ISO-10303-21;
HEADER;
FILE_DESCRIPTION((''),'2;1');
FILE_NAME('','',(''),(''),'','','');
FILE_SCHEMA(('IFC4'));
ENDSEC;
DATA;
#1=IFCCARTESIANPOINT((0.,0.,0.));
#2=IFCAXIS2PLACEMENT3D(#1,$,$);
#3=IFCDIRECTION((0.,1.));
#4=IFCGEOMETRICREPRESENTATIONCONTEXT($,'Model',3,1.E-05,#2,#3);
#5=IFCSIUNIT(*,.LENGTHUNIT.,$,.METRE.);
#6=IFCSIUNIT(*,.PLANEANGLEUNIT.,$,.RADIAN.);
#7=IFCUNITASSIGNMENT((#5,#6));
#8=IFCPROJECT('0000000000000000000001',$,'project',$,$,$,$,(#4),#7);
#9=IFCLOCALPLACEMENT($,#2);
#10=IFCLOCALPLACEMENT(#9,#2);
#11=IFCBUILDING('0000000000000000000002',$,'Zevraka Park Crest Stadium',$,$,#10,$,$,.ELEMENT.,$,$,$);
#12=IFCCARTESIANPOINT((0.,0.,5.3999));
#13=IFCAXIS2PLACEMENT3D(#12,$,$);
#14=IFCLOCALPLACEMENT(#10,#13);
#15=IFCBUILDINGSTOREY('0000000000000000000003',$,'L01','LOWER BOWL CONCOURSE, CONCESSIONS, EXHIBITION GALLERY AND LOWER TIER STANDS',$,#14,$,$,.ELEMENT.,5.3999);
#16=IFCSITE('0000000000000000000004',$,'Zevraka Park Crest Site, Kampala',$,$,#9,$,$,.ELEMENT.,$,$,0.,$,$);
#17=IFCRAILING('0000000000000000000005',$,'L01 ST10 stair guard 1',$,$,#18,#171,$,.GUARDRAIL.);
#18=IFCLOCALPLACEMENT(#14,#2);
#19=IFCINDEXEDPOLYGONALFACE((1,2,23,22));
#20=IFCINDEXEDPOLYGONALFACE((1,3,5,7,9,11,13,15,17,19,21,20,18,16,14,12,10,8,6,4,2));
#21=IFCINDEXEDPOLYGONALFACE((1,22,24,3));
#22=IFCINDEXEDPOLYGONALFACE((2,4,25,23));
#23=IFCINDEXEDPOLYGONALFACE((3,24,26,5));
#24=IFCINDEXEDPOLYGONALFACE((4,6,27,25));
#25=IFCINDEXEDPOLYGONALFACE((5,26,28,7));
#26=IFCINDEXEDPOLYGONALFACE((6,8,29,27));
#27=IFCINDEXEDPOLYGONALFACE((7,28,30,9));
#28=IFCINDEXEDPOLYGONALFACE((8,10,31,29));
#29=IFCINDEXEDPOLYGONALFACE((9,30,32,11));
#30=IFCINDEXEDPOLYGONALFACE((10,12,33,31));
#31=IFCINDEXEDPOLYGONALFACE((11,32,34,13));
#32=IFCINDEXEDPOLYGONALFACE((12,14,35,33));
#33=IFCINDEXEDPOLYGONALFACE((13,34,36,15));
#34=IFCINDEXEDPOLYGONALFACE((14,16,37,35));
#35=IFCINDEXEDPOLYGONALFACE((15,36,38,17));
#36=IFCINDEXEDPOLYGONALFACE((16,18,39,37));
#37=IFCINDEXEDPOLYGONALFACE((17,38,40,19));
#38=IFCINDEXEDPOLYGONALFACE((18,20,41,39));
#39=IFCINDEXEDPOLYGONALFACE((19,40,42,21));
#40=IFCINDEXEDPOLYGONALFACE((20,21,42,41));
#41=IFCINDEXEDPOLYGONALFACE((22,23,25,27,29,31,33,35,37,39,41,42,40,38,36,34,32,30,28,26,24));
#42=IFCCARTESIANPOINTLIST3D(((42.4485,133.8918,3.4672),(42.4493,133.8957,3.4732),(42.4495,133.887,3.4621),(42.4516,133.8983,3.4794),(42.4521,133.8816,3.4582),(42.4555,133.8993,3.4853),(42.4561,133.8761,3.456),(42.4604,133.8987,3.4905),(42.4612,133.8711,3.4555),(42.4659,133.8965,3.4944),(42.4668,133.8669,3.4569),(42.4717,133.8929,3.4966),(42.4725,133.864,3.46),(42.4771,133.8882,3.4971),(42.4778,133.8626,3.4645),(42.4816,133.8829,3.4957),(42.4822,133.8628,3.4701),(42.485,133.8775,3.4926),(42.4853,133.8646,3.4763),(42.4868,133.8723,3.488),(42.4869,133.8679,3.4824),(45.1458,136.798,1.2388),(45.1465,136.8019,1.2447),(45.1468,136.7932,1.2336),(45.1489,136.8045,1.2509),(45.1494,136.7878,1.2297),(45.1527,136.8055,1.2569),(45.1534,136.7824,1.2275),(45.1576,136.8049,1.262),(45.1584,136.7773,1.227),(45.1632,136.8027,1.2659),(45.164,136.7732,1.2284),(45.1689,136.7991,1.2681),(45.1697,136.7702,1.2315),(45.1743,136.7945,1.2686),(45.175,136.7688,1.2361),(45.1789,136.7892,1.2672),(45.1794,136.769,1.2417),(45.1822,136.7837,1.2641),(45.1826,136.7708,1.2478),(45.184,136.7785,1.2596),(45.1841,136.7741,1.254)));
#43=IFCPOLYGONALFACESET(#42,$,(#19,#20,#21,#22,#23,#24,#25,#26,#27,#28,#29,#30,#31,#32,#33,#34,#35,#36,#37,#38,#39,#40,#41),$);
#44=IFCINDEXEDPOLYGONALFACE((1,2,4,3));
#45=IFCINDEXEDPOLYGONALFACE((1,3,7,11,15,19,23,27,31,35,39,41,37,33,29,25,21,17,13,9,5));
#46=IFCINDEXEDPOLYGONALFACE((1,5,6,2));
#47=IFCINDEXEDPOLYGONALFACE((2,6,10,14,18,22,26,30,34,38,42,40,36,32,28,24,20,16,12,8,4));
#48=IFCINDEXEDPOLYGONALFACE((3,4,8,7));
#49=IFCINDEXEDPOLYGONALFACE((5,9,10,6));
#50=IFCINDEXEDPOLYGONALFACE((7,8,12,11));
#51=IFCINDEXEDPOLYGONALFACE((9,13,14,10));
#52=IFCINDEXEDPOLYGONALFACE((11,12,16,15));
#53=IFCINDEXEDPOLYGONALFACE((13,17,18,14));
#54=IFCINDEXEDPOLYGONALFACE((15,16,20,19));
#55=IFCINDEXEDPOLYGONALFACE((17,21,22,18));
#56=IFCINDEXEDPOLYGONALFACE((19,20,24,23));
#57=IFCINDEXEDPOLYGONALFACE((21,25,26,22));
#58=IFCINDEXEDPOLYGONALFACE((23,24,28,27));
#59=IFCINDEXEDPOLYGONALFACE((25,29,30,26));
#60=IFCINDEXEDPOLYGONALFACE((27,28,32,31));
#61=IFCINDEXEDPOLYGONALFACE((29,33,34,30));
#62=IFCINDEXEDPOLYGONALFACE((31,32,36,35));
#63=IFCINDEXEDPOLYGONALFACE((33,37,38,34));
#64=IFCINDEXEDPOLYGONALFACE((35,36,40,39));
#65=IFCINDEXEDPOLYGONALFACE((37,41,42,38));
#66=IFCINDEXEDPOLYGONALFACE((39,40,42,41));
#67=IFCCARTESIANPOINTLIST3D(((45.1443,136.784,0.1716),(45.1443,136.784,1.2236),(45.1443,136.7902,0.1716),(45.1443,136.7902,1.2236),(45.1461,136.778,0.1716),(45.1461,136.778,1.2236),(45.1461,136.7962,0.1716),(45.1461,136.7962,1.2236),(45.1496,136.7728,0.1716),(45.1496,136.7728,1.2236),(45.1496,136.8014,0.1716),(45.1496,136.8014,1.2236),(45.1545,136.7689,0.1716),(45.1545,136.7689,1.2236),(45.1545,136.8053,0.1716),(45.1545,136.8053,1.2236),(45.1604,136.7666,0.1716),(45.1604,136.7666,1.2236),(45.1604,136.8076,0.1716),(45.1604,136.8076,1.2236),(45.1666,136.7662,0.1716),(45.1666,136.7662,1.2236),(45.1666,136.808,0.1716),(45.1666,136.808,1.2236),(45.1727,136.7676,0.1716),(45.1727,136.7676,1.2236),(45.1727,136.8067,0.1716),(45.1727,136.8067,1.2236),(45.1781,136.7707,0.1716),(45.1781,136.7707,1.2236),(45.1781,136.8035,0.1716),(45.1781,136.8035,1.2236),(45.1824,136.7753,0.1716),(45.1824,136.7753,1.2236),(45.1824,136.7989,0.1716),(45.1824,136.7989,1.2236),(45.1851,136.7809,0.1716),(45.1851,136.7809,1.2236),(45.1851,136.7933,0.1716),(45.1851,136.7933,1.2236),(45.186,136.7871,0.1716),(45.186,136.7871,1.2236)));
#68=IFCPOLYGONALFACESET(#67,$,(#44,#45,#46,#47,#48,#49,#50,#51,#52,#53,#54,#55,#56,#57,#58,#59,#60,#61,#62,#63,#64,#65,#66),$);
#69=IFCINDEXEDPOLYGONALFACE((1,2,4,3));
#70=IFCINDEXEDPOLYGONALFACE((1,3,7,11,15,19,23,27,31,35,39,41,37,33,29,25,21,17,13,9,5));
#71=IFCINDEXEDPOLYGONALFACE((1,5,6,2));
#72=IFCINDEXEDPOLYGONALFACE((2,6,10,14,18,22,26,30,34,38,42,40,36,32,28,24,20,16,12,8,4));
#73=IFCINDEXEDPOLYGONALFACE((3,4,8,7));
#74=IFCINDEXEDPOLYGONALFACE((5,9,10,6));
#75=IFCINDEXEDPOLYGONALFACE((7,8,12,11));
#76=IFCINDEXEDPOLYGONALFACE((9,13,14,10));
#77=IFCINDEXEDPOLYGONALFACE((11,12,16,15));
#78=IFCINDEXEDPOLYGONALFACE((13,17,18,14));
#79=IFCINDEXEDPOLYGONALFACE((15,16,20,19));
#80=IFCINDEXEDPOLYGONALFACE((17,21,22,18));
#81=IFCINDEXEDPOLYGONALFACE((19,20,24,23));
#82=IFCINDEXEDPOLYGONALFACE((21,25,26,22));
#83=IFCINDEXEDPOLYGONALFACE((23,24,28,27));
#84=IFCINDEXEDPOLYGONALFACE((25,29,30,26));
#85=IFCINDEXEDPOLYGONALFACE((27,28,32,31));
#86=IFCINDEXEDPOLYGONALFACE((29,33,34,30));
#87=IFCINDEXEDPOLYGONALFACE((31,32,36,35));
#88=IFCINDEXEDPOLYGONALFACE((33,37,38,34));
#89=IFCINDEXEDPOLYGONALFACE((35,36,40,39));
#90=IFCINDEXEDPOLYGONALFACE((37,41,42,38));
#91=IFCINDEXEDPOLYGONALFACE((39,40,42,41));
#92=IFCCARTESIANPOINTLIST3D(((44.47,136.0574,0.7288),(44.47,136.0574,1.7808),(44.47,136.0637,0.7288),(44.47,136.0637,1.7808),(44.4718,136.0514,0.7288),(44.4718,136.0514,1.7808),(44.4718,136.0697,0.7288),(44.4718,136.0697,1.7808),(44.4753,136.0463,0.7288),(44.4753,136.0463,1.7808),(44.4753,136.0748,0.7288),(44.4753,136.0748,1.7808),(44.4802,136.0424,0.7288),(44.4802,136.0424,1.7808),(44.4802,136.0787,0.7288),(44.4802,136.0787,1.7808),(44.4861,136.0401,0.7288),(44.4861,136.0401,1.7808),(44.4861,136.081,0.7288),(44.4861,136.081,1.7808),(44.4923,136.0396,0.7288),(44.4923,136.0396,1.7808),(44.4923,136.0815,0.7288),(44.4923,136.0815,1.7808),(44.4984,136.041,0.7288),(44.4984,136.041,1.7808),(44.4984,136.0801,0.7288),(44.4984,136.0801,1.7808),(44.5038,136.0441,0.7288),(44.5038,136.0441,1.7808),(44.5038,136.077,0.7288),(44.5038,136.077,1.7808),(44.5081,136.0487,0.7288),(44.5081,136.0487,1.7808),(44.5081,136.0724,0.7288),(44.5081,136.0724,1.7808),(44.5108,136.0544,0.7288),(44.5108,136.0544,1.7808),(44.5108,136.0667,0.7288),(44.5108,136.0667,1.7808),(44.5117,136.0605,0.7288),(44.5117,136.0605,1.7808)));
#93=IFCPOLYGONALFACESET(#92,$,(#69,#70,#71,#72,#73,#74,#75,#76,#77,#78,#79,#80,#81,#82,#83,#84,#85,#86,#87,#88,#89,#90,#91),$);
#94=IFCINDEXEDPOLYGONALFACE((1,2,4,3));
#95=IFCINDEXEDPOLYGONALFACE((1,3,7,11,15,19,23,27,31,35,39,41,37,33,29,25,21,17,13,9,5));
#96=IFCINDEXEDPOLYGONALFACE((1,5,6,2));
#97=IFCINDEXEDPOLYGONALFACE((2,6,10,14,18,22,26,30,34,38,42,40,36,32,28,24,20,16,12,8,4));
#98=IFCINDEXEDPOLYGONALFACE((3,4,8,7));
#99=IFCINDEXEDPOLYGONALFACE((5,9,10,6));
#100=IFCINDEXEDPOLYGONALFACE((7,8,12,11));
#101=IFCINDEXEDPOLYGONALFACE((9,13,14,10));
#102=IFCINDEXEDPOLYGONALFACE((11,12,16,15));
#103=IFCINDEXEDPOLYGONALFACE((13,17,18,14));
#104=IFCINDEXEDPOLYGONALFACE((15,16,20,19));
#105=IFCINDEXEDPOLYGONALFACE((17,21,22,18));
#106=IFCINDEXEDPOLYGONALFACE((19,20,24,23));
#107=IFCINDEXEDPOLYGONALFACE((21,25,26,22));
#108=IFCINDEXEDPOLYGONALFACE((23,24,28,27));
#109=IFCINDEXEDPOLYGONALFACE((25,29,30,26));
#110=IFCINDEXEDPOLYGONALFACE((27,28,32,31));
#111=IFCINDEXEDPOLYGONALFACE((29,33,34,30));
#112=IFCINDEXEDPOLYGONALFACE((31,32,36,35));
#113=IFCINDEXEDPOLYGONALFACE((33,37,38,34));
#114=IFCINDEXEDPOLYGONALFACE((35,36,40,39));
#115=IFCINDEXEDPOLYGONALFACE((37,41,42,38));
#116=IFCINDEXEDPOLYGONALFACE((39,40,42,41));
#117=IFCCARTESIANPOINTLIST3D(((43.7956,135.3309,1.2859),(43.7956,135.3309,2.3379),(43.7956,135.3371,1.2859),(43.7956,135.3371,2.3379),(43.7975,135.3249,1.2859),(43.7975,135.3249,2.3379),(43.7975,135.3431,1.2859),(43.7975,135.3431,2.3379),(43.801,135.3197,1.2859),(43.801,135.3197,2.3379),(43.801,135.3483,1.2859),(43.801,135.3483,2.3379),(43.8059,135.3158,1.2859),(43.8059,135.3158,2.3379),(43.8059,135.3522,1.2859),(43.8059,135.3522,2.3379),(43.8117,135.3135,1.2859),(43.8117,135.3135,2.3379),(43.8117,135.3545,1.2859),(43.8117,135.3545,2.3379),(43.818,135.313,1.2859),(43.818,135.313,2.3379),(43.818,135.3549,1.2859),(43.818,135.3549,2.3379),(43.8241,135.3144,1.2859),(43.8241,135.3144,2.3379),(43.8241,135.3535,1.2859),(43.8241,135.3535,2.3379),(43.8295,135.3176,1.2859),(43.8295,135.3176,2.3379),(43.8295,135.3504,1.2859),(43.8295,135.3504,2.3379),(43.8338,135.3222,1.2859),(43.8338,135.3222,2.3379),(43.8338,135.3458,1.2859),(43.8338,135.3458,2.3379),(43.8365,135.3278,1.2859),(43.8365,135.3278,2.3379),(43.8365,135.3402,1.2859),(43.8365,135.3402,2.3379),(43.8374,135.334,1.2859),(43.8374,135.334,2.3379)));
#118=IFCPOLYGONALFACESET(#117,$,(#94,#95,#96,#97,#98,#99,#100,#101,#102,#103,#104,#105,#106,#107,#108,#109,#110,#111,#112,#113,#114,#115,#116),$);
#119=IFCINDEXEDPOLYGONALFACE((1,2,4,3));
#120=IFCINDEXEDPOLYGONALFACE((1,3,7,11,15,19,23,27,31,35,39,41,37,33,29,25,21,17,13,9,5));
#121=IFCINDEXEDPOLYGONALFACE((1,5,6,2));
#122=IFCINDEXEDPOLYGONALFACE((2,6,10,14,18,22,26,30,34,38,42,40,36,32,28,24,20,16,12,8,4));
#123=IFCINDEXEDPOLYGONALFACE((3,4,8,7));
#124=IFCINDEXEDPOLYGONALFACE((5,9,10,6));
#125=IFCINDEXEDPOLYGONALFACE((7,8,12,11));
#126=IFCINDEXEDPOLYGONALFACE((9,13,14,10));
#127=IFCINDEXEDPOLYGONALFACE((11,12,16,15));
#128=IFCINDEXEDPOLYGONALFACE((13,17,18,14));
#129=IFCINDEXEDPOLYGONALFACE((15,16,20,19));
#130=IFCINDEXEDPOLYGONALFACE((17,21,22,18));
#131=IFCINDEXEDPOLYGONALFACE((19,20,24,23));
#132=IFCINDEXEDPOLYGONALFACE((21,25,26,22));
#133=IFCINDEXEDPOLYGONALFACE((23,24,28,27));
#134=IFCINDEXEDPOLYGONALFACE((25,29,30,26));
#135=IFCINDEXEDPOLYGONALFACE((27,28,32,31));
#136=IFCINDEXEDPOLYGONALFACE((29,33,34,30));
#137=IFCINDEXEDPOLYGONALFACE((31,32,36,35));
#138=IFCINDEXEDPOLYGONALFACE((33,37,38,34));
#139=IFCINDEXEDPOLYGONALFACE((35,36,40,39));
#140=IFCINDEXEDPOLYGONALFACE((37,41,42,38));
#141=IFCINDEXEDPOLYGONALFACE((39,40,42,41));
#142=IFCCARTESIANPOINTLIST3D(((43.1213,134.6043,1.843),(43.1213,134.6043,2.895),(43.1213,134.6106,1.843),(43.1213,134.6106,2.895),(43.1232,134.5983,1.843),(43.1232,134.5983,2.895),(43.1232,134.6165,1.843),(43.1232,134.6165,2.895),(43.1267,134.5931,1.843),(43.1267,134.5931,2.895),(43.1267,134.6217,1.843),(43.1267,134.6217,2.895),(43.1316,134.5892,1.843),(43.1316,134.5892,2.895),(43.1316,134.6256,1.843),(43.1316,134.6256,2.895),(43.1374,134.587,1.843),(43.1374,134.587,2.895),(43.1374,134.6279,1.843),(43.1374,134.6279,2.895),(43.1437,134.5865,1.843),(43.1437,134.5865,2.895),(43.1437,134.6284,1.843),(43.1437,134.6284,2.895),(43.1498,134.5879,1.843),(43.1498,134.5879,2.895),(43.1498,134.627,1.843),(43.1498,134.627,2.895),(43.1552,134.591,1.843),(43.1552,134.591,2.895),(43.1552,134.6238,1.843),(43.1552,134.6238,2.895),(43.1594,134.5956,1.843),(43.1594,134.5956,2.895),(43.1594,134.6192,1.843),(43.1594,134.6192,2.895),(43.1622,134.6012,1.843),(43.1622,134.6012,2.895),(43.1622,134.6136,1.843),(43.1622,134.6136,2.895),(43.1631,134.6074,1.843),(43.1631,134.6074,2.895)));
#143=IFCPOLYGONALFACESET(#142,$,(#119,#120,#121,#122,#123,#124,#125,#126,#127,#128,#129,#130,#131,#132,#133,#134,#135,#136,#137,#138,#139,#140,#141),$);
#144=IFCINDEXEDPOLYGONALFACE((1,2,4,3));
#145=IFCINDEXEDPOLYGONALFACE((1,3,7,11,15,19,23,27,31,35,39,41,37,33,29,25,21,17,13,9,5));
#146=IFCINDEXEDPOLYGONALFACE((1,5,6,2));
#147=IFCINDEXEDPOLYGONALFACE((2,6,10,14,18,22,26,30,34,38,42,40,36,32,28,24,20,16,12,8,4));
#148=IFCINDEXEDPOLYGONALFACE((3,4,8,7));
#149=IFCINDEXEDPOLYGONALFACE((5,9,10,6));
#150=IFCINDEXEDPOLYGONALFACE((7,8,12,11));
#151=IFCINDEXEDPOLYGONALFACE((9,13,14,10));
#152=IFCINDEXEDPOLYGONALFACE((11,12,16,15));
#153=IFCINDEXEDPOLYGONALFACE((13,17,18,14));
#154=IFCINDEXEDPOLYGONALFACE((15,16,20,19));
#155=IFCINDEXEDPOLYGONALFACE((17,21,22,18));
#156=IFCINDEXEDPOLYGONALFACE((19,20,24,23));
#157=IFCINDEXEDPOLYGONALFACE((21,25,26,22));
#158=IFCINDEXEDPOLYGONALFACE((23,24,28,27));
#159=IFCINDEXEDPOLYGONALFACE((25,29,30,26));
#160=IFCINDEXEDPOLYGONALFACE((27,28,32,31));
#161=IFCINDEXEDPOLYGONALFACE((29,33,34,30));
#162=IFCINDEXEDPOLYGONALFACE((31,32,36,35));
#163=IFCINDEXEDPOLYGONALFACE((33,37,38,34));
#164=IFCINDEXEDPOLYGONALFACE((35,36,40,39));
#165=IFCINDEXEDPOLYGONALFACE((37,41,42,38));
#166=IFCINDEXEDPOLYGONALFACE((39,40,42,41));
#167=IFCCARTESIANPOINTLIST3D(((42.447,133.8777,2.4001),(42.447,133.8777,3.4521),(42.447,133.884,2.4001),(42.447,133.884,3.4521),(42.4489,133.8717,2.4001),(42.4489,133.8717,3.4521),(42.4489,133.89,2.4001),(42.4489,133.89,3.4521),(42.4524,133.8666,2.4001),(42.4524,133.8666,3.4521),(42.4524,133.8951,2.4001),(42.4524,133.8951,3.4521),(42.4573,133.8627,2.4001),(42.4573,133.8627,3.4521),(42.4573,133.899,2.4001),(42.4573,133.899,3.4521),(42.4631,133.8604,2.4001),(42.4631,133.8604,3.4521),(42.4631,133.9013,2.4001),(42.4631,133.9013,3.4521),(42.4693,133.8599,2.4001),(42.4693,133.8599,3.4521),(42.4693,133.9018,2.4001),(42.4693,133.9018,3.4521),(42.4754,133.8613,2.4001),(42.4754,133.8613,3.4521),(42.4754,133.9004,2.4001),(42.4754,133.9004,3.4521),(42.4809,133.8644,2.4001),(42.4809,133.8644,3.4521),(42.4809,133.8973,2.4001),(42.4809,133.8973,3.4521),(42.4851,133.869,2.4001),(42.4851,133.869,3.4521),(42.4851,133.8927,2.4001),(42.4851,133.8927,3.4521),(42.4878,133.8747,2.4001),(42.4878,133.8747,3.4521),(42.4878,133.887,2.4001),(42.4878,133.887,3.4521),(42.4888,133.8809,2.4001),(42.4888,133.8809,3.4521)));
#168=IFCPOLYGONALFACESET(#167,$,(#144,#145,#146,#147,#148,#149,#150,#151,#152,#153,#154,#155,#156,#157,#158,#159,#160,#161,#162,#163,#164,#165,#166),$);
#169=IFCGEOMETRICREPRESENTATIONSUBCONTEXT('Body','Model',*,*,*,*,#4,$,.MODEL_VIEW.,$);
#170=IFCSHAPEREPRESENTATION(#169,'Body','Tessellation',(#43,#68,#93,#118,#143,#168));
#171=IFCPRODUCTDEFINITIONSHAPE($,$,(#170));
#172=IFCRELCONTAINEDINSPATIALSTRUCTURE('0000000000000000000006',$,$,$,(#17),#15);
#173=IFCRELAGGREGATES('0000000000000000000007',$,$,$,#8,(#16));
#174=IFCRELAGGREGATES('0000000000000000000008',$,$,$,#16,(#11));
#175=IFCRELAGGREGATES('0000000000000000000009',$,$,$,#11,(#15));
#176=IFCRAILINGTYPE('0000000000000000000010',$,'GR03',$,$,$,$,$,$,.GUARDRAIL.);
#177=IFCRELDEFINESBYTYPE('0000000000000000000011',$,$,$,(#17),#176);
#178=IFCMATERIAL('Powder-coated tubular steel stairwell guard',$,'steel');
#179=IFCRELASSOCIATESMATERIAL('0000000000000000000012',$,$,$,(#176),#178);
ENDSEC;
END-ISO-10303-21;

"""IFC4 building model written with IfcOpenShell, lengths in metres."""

from ifc_helpers import new_model, si_unit, direction, frame, origin, origin_2d, place, context, subcontext, project, spatial, circle, extrude, material, type_object, element, save


model = new_model("IFC4")

# Units and contexts
model_context = context("Model", 3, precision=1e-05, world=origin(), true_north=direction((0.0, 1.0)))
body_context = subcontext(model_context, "Body", "Model", "MODEL_VIEW")
ifc_project = project(units=[si_unit("LENGTHUNIT", "METRE"), si_unit("PLANEANGLEUNIT", "RADIAN")], contexts=[model_context])

# Site, building, storey
site_placement = place(None, origin())
site = spatial("IfcSite", under=ifc_project, at=site_placement, Name="Zevraka Park Crest Site, Kampala", CompositionType="ELEMENT", RefElevation=0.0)
building_placement = place(site_placement, origin())
building = spatial("IfcBuilding", under=site, at=building_placement, Name="Zevraka Park Crest Stadium", CompositionType="ELEMENT")
storey_placement = place(building_placement, frame((0.0, 0.0, 5.3999)))
storey = spatial("IfcBuildingStorey", under=building, at=storey_placement, Name="L01", Description="LOWER BOWL CONCOURSE, CONCESSIONS, EXHIBITION GALLERY AND LOWER TIER STANDS", CompositionType="ELEMENT", Elevation=5.3999)

# Railing
ifc_material_1 = material(Name="Powder-coated tubular steel stairwell guard", Category="steel")
railing_type_1 = type_object("IfcRailingType", Name="GR03", PredefinedType="GUARDRAIL", material=ifc_material_1)
railing_1_placement = place(storey_placement, frame((45.165, 136.7871, 0.1716)))
element("IfcRailing", 1, at=railing_1_placement, inside=storey, type_object=railing_type_1, Name="L01 ST10 stair guard 1", PredefinedType="GUARDRAIL", context=body_context, shape_type="SweptSolid", body=[
    extrude(circle(Radius=0.0239, at=origin_2d()), frame((0.0, 0.0, 1.0762), z_axis=(-0.593016, -0.638963, 0.489957), x_axis=(0.732969, -0.680262, 0.0)), (0.0, 0.0, 1.0), 4.5483),
    extrude(circle(Radius=0.021, at=origin_2d()), origin(), (0.0, 0.0, 1.0), 1.052),
    extrude(circle(Radius=0.021, at=origin_2d()), frame((-0.6743, -0.7266, 0.5571)), (0.0, 0.0, 1.0), 1.052),
    extrude(circle(Radius=0.021, at=origin_2d()), frame((-1.3486, -1.4531, 1.1143)), (0.0, 0.0, 1.0), 1.052),
    extrude(circle(Radius=0.021, at=origin_2d()), frame((-2.0229, -2.1797, 1.6714)), (0.0, 0.0, 1.0), 1.052),
    extrude(circle(Radius=0.021, at=origin_2d()), frame((-2.6973, -2.9062, 2.2285)), (0.0, 0.0, 1.0), 1.052),
])

save(model, "model.ifc")
